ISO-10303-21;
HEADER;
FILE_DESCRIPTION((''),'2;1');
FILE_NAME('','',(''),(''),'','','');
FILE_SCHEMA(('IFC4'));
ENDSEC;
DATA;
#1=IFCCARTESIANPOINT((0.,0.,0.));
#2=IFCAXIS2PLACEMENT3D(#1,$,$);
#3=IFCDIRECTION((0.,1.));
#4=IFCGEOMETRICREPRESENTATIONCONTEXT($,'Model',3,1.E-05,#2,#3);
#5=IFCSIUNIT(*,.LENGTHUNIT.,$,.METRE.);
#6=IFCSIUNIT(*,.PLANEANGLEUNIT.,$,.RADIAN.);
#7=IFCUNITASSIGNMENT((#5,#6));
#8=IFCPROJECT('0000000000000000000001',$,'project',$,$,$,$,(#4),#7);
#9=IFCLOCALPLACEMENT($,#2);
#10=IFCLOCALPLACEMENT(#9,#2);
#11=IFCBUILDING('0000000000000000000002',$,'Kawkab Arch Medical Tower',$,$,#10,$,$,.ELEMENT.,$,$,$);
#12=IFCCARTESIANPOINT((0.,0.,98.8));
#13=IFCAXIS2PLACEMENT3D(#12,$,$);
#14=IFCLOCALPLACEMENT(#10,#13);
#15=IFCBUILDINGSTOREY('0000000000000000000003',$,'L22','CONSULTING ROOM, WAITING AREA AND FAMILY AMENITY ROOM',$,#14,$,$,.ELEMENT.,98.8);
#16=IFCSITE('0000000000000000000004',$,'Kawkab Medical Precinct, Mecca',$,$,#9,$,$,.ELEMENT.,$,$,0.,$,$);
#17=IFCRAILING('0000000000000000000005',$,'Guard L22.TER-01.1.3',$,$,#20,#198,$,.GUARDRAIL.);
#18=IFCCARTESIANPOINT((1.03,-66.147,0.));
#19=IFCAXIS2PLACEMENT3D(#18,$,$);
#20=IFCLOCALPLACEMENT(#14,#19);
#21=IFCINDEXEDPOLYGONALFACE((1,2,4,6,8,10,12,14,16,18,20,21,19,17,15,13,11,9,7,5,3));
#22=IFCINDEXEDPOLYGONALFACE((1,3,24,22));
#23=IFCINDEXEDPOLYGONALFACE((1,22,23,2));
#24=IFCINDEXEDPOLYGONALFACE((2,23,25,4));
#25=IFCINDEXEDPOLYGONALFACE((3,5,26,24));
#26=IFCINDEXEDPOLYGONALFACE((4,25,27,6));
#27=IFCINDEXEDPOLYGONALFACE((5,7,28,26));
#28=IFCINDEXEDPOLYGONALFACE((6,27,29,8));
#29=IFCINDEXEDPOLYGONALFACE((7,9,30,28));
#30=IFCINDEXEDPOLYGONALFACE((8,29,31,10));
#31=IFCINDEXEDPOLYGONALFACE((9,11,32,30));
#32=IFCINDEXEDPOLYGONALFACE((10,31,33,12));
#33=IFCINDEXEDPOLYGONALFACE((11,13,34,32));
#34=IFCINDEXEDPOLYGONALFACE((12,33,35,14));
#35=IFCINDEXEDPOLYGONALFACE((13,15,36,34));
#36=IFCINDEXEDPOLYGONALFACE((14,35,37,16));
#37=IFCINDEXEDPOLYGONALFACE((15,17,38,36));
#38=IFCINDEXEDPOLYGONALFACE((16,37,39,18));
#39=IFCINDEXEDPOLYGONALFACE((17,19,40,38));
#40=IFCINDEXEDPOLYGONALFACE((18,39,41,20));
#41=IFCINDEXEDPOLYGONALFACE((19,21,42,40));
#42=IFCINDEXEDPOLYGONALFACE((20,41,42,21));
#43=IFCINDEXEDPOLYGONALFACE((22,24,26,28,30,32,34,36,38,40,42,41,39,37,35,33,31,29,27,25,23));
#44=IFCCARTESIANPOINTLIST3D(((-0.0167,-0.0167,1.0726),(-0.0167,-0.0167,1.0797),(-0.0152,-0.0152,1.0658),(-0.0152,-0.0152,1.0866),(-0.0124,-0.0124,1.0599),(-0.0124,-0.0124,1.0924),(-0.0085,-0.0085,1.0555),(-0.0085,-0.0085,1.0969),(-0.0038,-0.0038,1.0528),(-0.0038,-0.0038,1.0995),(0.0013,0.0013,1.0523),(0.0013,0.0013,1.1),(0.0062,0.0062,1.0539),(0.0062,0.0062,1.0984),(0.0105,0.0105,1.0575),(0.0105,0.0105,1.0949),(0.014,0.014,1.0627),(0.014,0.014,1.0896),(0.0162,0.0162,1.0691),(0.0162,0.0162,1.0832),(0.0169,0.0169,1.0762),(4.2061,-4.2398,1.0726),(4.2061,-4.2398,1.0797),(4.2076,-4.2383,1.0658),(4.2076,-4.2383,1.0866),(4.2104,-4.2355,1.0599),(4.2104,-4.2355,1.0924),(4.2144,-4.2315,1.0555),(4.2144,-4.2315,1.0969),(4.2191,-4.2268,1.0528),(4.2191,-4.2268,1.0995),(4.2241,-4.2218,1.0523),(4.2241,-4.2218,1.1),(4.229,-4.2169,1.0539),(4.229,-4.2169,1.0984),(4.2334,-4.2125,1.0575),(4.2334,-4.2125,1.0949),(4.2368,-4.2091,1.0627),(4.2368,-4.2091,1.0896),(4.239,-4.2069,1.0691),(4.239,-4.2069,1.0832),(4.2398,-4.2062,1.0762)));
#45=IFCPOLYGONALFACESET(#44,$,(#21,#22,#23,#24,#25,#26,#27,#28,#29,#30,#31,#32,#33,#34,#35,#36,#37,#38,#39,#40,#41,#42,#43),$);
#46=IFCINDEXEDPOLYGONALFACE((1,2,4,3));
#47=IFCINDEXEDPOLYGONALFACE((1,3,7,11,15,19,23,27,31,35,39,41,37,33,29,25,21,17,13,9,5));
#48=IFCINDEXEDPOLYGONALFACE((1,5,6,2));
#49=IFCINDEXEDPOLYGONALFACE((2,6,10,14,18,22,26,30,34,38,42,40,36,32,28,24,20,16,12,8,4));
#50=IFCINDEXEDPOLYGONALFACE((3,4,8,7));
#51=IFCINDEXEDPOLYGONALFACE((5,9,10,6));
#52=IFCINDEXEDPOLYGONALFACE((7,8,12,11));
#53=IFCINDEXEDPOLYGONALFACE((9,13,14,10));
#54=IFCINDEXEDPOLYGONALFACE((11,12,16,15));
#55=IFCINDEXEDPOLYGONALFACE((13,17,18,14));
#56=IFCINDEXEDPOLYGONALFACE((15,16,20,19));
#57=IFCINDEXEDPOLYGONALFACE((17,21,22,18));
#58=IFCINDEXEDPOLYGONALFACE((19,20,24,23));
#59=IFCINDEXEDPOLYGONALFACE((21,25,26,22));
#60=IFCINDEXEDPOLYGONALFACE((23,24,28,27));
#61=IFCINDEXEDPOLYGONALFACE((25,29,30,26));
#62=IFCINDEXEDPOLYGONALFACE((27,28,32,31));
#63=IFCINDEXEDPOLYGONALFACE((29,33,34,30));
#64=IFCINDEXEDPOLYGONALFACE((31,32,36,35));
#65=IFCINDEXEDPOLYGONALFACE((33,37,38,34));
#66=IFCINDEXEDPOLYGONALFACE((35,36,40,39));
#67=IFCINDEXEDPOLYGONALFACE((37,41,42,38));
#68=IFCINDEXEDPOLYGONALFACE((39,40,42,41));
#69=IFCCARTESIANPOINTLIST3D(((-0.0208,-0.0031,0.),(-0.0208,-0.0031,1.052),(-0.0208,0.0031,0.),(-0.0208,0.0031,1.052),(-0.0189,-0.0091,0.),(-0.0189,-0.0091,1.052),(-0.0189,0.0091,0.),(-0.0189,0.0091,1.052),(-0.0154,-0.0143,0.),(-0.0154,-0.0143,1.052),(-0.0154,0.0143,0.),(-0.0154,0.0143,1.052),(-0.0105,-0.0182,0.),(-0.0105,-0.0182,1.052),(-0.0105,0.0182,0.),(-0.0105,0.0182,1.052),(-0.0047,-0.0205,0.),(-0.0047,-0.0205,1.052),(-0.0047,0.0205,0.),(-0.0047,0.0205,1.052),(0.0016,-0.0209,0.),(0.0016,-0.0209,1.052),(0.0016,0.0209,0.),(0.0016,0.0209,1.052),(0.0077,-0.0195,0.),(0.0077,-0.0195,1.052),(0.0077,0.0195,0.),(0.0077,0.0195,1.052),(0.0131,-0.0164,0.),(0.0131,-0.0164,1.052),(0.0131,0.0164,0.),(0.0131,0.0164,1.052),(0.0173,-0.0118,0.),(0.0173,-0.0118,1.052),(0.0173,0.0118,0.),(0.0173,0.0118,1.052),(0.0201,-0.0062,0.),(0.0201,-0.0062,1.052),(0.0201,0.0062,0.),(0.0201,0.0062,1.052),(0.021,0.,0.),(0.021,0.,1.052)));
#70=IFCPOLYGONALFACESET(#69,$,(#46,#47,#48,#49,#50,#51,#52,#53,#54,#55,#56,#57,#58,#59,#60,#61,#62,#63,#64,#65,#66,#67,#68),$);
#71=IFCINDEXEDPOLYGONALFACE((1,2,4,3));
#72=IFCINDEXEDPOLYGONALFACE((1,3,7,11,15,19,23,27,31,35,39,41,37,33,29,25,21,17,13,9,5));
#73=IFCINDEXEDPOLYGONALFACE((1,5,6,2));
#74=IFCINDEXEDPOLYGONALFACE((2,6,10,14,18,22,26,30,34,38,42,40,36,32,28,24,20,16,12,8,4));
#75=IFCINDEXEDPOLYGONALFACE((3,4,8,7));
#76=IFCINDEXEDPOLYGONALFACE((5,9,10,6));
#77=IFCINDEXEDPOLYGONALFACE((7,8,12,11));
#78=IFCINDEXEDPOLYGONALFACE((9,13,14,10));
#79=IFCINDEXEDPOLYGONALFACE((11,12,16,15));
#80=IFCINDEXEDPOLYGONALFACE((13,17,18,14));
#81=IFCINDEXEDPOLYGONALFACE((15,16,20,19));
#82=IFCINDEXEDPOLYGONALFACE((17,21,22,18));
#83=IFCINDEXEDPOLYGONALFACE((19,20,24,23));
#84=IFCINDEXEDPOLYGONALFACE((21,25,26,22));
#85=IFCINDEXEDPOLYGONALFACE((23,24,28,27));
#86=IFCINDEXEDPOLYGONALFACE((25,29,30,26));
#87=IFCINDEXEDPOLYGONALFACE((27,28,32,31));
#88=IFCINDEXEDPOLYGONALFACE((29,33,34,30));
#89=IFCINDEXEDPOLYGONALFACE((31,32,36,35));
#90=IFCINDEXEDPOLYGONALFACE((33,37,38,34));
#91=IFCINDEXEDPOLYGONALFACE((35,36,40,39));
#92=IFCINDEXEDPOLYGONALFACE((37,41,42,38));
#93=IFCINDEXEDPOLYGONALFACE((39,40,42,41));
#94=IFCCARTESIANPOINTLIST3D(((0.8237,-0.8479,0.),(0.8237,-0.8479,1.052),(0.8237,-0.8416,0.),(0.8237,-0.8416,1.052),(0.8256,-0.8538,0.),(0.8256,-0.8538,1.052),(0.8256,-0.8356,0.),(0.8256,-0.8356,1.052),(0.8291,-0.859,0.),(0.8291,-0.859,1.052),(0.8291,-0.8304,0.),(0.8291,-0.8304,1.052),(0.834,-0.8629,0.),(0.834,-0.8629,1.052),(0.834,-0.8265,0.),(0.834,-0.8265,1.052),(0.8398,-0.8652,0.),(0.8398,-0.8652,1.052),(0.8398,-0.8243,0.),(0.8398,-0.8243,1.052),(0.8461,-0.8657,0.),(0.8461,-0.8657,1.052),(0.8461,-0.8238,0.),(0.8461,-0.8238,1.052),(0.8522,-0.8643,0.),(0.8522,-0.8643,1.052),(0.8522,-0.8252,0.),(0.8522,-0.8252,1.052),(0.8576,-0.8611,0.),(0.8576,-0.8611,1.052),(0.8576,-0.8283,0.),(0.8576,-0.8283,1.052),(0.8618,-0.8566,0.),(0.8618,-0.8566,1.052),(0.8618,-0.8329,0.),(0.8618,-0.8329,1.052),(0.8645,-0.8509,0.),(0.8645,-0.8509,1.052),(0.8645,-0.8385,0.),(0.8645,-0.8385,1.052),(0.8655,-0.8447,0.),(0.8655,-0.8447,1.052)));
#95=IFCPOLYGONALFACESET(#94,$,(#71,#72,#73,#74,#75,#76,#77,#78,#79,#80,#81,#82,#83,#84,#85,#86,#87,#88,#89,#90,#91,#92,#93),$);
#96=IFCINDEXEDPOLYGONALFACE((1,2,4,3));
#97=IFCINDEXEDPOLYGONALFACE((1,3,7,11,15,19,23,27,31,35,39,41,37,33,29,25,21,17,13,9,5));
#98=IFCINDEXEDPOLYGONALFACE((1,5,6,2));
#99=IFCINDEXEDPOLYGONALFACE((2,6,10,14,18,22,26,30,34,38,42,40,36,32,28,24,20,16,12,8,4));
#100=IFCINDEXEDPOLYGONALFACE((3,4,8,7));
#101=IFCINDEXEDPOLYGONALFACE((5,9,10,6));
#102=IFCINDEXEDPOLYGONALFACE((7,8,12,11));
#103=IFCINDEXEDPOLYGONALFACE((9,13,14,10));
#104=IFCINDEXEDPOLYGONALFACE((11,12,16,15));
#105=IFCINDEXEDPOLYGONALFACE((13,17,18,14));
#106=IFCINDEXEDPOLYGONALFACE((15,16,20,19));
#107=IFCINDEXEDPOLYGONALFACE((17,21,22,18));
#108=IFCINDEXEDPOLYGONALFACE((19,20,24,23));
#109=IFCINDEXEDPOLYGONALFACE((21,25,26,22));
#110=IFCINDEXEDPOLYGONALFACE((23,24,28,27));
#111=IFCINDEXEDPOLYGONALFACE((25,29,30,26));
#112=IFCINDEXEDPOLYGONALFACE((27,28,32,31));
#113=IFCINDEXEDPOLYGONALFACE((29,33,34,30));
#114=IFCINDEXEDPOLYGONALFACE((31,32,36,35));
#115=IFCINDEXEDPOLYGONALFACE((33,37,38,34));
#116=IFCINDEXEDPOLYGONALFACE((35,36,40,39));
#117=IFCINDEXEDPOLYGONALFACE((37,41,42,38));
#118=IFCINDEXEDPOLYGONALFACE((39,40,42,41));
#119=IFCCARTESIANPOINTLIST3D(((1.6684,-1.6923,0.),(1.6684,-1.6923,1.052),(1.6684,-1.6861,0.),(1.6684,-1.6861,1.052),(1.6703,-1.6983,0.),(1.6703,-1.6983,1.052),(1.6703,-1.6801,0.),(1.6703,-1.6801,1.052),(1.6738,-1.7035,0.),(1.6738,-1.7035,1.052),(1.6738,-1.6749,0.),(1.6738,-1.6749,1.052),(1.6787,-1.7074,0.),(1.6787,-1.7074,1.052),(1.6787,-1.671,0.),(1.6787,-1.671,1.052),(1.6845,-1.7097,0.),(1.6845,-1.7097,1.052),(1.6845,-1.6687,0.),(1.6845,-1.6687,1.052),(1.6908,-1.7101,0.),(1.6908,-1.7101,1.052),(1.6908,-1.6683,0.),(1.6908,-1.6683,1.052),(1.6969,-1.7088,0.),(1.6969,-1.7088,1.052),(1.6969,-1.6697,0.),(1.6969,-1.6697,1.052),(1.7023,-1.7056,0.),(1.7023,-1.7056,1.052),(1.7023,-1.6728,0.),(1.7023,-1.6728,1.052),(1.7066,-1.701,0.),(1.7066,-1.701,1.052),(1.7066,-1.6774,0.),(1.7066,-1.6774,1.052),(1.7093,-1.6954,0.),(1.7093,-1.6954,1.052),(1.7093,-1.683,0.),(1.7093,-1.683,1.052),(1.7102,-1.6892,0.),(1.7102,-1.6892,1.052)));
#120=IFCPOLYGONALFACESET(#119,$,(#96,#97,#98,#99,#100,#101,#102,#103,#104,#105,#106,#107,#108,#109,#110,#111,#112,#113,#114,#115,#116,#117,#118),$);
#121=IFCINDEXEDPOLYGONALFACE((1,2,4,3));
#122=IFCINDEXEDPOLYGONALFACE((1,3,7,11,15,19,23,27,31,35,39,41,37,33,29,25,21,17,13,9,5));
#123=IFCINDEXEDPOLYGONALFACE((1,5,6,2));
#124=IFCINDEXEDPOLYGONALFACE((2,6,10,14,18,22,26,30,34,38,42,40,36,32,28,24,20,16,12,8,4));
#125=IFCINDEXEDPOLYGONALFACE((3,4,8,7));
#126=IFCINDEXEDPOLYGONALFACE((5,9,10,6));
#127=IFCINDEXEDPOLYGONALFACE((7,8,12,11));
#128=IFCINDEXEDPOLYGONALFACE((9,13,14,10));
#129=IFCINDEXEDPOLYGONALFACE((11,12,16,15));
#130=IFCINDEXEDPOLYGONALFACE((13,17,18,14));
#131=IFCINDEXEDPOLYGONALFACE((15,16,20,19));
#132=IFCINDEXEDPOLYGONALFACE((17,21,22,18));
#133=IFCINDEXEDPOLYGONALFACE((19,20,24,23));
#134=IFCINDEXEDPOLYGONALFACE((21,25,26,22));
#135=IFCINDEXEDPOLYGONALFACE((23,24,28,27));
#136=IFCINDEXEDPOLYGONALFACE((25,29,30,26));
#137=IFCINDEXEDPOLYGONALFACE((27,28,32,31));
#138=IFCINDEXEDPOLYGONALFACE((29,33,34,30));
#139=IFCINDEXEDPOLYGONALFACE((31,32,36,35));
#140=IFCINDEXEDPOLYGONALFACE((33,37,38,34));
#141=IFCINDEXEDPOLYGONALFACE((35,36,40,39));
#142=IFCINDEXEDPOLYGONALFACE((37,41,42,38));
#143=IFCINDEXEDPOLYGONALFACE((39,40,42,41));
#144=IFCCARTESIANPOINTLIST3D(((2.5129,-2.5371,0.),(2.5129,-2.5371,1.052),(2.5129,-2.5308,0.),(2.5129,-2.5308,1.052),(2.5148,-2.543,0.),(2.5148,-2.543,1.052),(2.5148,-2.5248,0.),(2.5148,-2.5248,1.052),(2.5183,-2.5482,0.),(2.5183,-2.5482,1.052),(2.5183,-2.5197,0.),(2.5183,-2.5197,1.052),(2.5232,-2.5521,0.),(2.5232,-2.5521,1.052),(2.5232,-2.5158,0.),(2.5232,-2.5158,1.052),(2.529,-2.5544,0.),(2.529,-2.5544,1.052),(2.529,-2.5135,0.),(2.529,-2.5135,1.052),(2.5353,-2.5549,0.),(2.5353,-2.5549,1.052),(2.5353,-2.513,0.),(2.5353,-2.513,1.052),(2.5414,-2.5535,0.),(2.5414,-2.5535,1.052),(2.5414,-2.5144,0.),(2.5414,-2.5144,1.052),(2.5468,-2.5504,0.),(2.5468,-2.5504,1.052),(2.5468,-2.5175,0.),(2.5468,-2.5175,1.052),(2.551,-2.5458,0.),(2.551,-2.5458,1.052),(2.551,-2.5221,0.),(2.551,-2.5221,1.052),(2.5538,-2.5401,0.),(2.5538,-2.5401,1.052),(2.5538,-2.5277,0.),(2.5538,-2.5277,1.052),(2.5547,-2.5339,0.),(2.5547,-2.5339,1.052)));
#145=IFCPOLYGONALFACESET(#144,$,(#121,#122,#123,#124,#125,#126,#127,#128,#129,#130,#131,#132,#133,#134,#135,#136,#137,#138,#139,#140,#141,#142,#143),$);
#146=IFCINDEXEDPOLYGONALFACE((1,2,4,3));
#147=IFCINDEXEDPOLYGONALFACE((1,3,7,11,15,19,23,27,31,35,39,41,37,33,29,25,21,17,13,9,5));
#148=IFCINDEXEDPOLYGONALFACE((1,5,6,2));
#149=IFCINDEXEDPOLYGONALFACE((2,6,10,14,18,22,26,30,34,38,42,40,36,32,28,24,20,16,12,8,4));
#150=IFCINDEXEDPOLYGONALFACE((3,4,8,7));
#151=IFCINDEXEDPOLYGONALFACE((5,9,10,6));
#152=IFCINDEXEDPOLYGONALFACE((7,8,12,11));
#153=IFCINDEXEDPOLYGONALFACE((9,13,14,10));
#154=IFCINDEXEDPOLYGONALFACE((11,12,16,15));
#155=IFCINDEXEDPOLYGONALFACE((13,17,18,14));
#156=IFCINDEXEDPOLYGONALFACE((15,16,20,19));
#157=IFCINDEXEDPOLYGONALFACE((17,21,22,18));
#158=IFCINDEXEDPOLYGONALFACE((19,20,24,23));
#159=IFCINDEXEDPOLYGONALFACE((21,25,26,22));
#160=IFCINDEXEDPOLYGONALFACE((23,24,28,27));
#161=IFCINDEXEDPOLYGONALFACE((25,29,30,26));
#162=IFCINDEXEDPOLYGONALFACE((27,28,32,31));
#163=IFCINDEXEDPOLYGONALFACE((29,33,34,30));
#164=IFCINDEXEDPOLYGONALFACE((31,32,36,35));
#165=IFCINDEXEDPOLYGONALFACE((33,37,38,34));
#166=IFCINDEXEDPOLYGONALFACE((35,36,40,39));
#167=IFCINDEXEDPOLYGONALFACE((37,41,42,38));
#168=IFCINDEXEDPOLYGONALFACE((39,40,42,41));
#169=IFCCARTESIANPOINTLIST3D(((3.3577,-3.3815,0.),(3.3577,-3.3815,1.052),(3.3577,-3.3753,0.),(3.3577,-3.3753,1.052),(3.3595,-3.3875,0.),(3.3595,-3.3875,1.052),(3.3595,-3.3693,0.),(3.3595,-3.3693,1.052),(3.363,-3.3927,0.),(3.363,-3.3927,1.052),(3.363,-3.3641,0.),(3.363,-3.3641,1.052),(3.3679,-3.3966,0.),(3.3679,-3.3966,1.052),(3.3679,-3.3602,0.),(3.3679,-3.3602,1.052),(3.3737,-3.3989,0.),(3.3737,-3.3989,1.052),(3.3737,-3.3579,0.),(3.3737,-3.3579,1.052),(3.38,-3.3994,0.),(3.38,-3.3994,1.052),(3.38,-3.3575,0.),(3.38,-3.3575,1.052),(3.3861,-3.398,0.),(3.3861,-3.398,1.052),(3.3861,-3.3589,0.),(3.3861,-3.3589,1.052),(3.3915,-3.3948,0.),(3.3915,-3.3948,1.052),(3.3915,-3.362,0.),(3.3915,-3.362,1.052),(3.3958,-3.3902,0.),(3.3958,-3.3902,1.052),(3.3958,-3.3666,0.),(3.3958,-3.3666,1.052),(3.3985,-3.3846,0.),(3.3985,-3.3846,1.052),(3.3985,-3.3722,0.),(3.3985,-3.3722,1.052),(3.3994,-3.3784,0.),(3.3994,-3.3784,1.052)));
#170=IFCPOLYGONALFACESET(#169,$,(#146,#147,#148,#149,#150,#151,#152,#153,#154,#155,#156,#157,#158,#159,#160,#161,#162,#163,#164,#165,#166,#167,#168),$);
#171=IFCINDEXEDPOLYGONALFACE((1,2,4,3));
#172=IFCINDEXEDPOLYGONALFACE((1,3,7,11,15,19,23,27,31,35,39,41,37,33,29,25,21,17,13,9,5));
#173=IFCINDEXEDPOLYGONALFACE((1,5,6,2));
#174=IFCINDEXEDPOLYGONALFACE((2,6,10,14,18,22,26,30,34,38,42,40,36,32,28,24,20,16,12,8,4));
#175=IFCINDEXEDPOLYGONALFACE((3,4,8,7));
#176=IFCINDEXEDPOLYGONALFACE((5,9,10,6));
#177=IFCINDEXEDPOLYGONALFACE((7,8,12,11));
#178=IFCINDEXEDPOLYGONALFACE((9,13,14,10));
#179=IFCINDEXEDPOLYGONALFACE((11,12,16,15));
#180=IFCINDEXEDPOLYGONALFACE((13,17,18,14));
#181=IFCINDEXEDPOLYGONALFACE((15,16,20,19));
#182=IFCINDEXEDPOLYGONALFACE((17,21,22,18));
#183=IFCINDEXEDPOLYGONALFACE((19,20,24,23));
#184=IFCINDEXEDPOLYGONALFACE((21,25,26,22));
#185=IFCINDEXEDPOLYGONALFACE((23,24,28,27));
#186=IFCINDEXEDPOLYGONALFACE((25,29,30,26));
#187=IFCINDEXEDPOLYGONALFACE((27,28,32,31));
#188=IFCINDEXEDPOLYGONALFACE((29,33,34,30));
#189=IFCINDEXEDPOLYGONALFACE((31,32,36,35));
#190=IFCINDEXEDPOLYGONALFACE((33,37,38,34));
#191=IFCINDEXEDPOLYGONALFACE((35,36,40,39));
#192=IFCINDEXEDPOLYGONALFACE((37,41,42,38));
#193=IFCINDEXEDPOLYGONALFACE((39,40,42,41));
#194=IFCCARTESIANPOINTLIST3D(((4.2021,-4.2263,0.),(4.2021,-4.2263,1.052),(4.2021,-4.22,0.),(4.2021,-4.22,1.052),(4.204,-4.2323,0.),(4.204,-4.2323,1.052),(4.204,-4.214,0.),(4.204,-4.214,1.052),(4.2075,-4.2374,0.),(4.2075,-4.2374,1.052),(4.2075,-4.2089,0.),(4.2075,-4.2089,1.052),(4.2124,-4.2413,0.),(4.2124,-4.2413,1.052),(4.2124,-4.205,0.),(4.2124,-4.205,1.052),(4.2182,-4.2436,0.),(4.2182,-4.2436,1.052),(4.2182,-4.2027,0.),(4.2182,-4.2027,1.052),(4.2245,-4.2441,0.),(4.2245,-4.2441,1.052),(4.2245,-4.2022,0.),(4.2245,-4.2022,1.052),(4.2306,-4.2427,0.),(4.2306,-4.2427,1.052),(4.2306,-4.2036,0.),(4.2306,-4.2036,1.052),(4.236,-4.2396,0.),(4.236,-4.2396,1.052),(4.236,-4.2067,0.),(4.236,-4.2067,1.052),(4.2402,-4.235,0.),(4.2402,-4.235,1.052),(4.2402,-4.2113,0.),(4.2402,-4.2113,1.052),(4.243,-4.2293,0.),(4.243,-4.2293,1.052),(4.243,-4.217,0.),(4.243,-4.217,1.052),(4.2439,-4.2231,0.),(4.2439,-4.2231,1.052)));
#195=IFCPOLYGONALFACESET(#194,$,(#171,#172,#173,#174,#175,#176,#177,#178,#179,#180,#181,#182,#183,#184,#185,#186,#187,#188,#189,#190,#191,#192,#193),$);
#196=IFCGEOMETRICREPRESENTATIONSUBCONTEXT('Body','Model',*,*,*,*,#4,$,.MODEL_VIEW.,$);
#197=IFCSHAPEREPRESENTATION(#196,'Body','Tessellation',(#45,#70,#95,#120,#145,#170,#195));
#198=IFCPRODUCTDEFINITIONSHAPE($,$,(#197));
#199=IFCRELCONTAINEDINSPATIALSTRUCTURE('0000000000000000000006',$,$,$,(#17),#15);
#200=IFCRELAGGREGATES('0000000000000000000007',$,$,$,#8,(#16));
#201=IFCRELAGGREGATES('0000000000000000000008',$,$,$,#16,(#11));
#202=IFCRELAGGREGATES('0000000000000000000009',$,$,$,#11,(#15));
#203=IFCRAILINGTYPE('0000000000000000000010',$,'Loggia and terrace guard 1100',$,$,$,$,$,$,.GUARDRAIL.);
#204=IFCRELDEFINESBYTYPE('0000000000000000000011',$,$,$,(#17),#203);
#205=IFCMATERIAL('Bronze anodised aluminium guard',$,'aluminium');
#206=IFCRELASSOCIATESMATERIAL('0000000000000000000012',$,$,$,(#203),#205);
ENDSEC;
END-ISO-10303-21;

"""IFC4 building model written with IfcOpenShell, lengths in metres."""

from ifc_helpers import new_model, si_unit, direction, frame, origin, origin_2d, place, context, subcontext, project, spatial, circle, extrude, material, type_object, element, save


model = new_model("IFC4")

# Units and contexts
model_context = context("Model", 3, precision=1e-05, world=origin(), true_north=direction((0.0, 1.0)))
body_context = subcontext(model_context, "Body", "Model", "MODEL_VIEW")
ifc_project = project(units=[si_unit("LENGTHUNIT", "METRE"), si_unit("PLANEANGLEUNIT", "RADIAN")], contexts=[model_context])

# Site, building, storey
site_placement = place(None, origin())
site = spatial("IfcSite", under=ifc_project, at=site_placement, Name="Kawkab Medical Precinct, Mecca", CompositionType="ELEMENT", RefElevation=0.0)
building_placement = place(site_placement, origin())
building = spatial("IfcBuilding", under=site, at=building_placement, Name="Kawkab Arch Medical Tower", CompositionType="ELEMENT")
storey_placement = place(building_placement, frame((0.0, 0.0, 98.8)))
storey = spatial("IfcBuildingStorey", under=building, at=storey_placement, Name="L22", Description="CONSULTING ROOM, WAITING AREA AND FAMILY AMENITY ROOM", CompositionType="ELEMENT", Elevation=98.8)

# Railing
ifc_material_1 = material(Name="Bronze anodised aluminium guard", Category="aluminium")
railing_type_1 = type_object("IfcRailingType", Name="Loggia and terrace guard 1100", PredefinedType="GUARDRAIL", material=ifc_material_1)
railing_1_placement = place(storey_placement, frame((1.03, -66.147, 0.0)))
element("IfcRailing", 1, at=railing_1_placement, inside=storey, type_object=railing_type_1, Name="Guard L22.TER-01.1.3", PredefinedType="GUARDRAIL", context=body_context, shape_type="SweptSolid", body=[
    extrude(circle(Radius=0.0239, at=origin_2d()), frame((0.0, 0.0, 1.0762), z_axis=(0.707086, -0.707127, 0.0), x_axis=(0.707127, 0.707086, 0.0)), (0.0, 0.0, 1.0), 5.9722),
    extrude(circle(Radius=0.021, at=origin_2d()), origin(), (0.0, 0.0, 1.0), 1.052),
    extrude(circle(Radius=0.021, at=origin_2d()), frame((0.8445, -0.8447, 0.0)), (0.0, 0.0, 1.0), 1.052),
    extrude(circle(Radius=0.021, at=origin_2d()), frame((1.6892, -1.6892, 0.0)), (0.0, 0.0, 1.0), 1.052),
    extrude(circle(Radius=0.021, at=origin_2d()), frame((2.5337, -2.5339, 0.0)), (0.0, 0.0, 1.0), 1.052),
    extrude(circle(Radius=0.021, at=origin_2d()), frame((3.3784, -3.3784, 0.0)), (0.0, 0.0, 1.0), 1.052),
    extrude(circle(Radius=0.021, at=origin_2d()), frame((4.2229, -4.2231, 0.0)), (0.0, 0.0, 1.0), 1.052),
])

save(model, "model.ifc")
